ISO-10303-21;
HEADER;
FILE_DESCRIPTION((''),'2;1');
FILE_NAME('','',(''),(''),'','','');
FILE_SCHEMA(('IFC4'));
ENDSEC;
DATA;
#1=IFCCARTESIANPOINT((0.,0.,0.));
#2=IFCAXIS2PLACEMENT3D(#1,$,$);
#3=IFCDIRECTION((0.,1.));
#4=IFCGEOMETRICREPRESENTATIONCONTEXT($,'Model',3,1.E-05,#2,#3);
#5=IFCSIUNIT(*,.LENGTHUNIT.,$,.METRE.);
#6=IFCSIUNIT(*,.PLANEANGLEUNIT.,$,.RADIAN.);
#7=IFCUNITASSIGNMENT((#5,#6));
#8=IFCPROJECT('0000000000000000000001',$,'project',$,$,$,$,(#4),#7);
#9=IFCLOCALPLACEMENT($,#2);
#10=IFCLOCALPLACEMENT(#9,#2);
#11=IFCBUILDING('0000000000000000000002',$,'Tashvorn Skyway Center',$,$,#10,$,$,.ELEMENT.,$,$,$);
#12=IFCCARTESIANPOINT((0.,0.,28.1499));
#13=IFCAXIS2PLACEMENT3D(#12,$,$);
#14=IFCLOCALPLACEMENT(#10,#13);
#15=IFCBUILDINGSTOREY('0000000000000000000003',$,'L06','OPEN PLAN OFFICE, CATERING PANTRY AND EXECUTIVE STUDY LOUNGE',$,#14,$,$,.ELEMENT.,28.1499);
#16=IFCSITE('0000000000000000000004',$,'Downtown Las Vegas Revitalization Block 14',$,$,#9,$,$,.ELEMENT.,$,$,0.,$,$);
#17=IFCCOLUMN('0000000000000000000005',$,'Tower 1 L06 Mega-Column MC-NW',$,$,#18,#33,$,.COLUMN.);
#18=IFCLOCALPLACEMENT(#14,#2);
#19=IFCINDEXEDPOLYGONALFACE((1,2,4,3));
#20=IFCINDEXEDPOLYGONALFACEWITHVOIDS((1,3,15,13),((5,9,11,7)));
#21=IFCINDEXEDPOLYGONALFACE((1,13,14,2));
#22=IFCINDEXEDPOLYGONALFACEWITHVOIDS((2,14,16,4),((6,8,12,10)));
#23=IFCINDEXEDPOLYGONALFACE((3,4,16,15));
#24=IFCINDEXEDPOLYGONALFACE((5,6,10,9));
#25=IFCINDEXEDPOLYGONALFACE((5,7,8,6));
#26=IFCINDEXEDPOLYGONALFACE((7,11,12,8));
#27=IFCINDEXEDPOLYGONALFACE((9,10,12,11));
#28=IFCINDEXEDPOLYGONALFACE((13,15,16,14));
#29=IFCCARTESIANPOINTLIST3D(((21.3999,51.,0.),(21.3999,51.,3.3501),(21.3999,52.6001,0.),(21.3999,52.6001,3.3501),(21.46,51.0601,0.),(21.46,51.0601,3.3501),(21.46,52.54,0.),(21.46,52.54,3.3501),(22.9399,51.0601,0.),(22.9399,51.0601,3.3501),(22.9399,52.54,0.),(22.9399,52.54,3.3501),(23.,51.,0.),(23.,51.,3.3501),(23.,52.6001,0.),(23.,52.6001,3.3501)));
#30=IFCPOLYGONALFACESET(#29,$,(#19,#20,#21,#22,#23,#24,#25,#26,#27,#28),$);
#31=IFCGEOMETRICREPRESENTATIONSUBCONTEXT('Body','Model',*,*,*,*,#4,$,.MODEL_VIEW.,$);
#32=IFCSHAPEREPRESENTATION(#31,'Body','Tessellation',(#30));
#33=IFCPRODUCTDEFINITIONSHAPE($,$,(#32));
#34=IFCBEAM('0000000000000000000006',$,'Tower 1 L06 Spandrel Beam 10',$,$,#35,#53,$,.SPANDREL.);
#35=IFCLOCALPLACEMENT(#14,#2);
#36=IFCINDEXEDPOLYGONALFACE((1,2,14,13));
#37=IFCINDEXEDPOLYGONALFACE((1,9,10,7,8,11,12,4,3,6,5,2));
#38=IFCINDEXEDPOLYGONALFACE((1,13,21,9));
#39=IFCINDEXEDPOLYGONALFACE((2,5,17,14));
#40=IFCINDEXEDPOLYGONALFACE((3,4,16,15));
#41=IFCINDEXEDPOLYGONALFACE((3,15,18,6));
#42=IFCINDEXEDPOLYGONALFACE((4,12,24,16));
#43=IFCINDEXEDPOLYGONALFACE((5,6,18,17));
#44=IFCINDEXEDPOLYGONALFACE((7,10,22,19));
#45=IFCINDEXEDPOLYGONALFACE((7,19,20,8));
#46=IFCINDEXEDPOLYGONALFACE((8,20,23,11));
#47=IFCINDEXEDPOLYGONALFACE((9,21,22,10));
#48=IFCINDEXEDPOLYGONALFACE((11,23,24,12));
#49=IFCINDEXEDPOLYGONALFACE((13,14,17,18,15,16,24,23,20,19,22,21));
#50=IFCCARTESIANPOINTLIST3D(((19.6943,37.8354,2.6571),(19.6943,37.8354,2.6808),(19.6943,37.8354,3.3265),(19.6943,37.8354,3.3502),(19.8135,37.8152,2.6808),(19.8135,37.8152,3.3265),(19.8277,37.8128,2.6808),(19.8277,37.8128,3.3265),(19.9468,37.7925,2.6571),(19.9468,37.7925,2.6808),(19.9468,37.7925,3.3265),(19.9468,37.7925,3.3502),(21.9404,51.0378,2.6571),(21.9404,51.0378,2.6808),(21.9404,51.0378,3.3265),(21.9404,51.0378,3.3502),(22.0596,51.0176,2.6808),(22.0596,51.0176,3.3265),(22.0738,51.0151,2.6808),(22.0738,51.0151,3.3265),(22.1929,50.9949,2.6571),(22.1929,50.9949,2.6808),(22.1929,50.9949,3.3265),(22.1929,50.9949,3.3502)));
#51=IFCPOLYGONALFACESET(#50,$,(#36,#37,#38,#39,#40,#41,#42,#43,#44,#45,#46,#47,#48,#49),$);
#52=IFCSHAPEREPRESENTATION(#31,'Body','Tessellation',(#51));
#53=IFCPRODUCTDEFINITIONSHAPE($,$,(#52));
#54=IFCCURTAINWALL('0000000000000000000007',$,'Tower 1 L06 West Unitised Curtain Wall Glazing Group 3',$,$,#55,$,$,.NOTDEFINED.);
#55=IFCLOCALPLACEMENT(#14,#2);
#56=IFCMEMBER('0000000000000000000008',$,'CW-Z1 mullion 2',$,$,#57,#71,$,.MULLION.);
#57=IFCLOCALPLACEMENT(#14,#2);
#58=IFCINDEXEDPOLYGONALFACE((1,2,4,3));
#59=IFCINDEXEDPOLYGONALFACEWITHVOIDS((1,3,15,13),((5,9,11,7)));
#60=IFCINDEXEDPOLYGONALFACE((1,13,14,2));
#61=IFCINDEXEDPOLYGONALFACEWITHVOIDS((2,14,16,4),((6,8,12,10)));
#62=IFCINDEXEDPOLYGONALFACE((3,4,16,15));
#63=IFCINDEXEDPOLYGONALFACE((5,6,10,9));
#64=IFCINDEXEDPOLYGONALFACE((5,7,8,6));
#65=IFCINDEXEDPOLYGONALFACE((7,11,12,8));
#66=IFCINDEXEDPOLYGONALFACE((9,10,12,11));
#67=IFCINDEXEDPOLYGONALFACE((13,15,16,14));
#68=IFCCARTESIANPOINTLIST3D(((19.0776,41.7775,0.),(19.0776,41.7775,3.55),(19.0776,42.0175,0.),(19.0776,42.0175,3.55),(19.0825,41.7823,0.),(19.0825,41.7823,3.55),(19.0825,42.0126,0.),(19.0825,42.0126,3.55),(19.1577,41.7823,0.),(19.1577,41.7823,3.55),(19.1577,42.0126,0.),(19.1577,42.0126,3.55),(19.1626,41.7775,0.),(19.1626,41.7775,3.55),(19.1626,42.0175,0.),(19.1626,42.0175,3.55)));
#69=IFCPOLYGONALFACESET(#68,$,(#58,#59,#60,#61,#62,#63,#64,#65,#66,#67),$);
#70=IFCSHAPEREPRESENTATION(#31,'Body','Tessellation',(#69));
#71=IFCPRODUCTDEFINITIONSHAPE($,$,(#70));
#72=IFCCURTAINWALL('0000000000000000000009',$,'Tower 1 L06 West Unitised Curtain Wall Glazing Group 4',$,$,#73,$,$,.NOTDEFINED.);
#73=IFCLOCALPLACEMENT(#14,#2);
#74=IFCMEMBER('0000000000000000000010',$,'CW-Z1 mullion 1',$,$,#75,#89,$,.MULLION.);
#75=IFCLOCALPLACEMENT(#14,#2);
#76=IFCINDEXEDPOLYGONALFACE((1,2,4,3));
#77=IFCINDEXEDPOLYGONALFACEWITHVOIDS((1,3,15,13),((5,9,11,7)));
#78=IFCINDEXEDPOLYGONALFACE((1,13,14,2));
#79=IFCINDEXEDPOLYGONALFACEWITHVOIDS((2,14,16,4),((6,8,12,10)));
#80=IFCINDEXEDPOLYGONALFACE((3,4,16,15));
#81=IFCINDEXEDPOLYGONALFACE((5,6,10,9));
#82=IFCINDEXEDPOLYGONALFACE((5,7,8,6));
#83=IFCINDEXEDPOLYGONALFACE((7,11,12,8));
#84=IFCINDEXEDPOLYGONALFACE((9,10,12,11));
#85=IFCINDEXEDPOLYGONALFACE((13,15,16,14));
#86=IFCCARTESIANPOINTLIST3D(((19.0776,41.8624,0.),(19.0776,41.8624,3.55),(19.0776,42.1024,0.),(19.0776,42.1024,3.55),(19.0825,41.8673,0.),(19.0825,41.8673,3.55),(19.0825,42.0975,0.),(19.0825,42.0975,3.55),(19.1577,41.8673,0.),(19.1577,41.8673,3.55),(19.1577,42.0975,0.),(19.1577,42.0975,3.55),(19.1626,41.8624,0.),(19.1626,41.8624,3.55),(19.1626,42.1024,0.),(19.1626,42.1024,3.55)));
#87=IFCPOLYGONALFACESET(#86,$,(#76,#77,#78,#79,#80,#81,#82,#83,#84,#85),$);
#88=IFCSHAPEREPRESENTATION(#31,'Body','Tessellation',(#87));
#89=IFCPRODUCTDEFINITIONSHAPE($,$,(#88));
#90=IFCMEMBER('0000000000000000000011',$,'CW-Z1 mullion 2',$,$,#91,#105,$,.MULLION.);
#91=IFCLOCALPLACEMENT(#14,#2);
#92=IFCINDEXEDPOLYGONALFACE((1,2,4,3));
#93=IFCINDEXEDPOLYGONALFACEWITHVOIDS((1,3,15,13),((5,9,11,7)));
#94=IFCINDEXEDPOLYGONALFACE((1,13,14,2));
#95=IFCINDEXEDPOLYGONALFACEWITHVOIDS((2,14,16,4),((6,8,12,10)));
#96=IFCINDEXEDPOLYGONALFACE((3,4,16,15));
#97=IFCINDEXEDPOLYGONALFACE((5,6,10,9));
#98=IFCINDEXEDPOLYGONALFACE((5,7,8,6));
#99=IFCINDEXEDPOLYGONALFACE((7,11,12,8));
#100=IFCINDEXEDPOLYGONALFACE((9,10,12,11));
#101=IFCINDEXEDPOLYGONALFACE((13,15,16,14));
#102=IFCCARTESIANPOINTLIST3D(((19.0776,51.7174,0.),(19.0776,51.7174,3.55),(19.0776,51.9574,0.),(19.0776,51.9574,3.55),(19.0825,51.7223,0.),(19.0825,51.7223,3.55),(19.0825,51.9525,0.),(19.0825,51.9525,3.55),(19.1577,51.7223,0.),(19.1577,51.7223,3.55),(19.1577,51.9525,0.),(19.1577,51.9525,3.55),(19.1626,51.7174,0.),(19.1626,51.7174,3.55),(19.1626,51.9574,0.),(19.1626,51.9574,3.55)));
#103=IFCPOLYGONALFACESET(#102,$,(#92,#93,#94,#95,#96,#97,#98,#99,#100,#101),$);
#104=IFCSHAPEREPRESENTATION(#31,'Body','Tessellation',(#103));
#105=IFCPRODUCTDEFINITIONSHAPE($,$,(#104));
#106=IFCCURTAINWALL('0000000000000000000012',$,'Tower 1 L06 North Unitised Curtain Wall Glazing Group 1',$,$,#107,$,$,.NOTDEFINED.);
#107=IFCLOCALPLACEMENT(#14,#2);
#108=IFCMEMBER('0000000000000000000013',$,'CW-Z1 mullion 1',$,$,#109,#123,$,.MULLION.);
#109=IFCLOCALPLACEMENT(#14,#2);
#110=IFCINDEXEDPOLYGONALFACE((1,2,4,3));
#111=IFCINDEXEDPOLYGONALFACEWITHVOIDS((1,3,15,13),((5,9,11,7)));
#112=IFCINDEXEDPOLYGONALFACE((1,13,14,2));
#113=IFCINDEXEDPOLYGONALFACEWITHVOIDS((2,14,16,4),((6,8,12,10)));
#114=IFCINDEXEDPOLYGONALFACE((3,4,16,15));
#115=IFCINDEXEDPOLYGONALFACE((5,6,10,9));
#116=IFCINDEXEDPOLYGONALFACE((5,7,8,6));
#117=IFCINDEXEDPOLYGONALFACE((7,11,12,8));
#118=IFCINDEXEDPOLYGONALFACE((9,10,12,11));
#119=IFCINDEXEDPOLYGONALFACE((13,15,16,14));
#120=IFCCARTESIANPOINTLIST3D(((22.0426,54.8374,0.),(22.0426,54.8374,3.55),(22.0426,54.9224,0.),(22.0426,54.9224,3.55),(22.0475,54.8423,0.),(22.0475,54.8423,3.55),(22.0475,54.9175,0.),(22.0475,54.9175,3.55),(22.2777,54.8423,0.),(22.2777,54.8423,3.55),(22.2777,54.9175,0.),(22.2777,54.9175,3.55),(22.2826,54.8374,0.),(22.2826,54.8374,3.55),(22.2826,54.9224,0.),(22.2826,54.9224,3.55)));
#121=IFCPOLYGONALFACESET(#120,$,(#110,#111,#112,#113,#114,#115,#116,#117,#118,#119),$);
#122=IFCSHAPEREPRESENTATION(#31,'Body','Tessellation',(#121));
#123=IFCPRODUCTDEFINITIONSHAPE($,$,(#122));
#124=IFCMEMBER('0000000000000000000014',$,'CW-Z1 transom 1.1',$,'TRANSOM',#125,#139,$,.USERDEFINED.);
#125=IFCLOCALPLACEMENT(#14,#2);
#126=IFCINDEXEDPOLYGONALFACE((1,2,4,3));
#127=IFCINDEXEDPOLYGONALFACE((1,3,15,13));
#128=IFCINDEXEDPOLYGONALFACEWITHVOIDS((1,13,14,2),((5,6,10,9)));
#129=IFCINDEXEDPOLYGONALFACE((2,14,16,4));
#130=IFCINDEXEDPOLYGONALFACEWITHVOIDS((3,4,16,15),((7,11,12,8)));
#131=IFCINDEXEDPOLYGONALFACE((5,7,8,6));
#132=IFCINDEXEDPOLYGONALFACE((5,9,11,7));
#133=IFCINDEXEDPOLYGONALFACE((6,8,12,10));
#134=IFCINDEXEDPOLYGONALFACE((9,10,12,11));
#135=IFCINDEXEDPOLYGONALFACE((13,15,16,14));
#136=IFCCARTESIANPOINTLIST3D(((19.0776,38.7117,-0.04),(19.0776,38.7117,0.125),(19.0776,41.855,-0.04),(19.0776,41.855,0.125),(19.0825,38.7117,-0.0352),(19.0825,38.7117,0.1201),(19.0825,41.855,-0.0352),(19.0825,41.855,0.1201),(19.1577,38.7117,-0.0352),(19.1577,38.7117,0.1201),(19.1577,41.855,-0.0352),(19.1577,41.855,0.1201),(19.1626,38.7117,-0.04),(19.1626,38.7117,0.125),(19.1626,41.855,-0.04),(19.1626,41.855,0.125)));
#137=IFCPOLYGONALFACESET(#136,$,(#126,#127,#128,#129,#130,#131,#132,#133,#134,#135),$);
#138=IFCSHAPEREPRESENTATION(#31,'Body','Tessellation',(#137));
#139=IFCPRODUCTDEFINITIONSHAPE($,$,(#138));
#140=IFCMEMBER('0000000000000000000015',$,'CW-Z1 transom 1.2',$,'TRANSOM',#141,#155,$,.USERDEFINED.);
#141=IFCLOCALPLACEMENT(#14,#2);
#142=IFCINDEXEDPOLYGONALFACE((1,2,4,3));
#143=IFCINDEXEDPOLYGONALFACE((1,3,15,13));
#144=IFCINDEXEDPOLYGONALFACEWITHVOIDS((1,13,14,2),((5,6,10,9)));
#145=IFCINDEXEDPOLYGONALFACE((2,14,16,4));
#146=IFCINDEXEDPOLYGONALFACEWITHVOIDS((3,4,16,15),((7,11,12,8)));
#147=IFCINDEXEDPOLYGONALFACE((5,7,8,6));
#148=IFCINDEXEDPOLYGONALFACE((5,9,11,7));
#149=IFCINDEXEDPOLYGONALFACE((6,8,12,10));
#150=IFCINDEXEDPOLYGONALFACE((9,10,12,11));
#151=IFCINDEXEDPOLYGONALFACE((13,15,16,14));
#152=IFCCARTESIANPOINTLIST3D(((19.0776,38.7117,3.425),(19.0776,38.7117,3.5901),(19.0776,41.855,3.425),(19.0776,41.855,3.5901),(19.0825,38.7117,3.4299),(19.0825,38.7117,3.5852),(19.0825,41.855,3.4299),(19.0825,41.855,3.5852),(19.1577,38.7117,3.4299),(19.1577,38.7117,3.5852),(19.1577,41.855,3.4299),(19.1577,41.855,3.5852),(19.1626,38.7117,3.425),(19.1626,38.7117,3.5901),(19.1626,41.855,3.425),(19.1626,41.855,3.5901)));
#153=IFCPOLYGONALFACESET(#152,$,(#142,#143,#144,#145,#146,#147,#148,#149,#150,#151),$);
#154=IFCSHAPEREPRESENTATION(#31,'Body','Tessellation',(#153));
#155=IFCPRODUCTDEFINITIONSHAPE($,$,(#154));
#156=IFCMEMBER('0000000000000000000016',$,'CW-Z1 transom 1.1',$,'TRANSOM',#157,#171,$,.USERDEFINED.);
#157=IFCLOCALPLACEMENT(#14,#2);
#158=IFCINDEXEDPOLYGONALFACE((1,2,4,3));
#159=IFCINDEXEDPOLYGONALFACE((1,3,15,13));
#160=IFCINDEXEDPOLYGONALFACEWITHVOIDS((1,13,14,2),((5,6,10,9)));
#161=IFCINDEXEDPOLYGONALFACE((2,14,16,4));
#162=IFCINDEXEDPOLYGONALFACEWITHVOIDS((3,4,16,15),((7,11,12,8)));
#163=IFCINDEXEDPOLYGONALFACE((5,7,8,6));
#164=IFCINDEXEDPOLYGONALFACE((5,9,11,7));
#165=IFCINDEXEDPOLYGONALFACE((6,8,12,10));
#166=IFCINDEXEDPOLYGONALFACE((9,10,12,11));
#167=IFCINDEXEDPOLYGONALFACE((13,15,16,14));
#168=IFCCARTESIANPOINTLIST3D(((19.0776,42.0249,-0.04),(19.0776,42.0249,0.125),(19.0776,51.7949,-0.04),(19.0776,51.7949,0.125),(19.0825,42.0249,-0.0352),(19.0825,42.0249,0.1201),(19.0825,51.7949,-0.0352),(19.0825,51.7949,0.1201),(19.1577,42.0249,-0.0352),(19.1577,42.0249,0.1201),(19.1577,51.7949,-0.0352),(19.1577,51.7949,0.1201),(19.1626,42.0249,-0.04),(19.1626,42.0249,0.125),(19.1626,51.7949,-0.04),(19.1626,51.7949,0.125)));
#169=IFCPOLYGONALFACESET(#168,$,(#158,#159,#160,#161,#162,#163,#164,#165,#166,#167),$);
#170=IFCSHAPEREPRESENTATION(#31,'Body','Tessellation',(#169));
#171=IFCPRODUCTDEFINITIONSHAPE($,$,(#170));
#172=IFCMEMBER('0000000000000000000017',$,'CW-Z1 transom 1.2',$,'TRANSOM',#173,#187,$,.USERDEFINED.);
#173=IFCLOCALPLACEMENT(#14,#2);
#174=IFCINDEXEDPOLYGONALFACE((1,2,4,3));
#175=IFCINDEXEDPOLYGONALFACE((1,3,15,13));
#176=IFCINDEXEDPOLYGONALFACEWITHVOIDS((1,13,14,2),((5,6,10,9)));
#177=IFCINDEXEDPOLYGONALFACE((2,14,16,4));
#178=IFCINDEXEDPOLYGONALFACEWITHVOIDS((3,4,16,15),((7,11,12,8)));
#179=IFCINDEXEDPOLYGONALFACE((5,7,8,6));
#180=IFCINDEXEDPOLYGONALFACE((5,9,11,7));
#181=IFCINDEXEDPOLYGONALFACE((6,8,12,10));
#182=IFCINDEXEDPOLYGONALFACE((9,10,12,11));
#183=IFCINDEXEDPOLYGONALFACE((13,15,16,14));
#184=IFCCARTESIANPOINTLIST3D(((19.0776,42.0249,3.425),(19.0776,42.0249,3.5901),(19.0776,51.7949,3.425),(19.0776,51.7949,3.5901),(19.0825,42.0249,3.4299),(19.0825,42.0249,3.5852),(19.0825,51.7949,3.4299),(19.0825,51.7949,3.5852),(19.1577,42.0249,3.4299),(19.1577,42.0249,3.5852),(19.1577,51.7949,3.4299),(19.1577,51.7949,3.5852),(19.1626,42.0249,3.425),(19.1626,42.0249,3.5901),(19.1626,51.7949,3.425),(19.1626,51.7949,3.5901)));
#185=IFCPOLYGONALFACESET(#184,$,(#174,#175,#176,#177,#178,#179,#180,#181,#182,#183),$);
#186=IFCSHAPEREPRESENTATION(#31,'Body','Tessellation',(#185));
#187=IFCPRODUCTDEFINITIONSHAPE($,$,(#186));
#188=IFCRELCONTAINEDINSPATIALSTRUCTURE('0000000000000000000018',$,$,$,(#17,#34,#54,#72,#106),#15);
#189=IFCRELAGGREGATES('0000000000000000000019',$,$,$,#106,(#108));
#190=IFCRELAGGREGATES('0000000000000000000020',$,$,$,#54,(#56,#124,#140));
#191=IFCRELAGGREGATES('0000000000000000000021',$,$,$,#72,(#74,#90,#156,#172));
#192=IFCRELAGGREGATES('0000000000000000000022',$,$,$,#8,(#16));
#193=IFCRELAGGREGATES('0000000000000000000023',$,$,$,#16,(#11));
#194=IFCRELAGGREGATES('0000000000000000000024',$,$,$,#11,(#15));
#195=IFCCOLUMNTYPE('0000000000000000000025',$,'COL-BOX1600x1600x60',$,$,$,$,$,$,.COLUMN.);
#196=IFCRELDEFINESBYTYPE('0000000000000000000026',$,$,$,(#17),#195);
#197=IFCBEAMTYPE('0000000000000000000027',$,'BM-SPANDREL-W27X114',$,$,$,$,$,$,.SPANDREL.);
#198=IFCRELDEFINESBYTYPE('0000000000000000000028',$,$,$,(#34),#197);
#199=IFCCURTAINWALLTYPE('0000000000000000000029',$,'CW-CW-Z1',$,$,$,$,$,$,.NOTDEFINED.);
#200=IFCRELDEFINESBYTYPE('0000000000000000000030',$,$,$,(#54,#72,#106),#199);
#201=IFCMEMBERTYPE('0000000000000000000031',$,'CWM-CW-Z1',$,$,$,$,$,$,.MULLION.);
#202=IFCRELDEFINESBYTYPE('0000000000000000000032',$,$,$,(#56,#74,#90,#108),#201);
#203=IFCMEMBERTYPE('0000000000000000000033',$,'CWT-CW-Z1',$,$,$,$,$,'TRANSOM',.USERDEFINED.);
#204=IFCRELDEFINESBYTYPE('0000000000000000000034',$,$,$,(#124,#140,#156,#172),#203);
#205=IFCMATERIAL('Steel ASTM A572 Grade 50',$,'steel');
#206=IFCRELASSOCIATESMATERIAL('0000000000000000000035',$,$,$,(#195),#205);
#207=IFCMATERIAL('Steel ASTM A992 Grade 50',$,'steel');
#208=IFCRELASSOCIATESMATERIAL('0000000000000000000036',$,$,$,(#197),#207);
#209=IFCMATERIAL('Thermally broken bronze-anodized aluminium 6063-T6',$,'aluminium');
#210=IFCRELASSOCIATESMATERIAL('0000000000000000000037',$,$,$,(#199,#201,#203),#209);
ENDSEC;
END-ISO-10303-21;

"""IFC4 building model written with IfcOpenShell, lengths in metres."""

from ifc_helpers import new_model, si_unit, direction, frame, origin, origin_2d, place, context, subcontext, project, spatial, hollow_rectangle, i_section, extrude, material, material_profile, profile_set, type_object, element, aggregate, save


model = new_model("IFC4")

# Units and contexts
model_context = context("Model", 3, precision=1e-05, world=origin(), true_north=direction((0.0, 1.0)))
body_context = subcontext(model_context, "Body", "Model", "MODEL_VIEW")
ifc_project = project(units=[si_unit("LENGTHUNIT", "METRE"), si_unit("PLANEANGLEUNIT", "RADIAN")], contexts=[model_context])

# Site, building, storey
site_placement = place(None, origin())
site = spatial("IfcSite", under=ifc_project, at=site_placement, Name="Downtown Las Vegas Revitalization Block 14", CompositionType="ELEMENT", RefElevation=0.0)
building_placement = place(site_placement, origin())
building = spatial("IfcBuilding", under=site, at=building_placement, Name="Tashvorn Skyway Center", CompositionType="ELEMENT")
storey_placement = place(building_placement, frame((0.0, 0.0, 28.1499)))
storey = spatial("IfcBuildingStorey", under=building, at=storey_placement, Name="L06", Description="OPEN PLAN OFFICE, CATERING PANTRY AND EXECUTIVE STUDY LOUNGE", CompositionType="ELEMENT", Elevation=28.1499)

# Column
ifc_material_1 = material(Name="Steel ASTM A572 Grade 50", Category="steel")
ifc_material_profile_1 = material_profile(ifc_material_1, hollow_rectangle(XDim=1.6001, YDim=1.6001, WallThickness=0.0601, at=origin_2d()), Name="BOX1600x1600x60")
ifc_profile_set_1 = profile_set([ifc_material_profile_1], Name="Steel ASTM A572 Grade 50")
column_type = type_object("IfcColumnType", Name="COL-BOX1600x1600x60", PredefinedType="COLUMN", material=ifc_profile_set_1)
column_placement = place(storey_placement, frame((22.2, 51.8, 0.0), z_axis=(0.0, 0.0, 1.0), x_axis=(1.0, 0.0, 0.0)))
element("IfcColumn", 1, at=column_placement, inside=storey, type_object=column_type, Name="Tower 1 L06 Mega-Column MC-NW", PredefinedType="COLUMN", context=body_context, shape_type="SweptSolid", body=[
    extrude(hollow_rectangle(XDim=1.6001, YDim=1.6001, WallThickness=0.0601, at=origin_2d()), origin(), (0.0, 0.0, 1.0), 3.3501),
])

# Beam
ifc_material_2 = material(Name="Steel ASTM A992 Grade 50", Category="steel")
ifc_material_profile_2 = material_profile(ifc_material_2, i_section(OverallWidth=0.2561, OverallDepth=0.6931, WebThickness=0.0144, FlangeThickness=0.0237, at=origin_2d()), Name="W27X114")
ifc_profile_set_2 = profile_set([ifc_material_profile_2], Name="Steel ASTM A992 Grade 50")
beam_type = type_object("IfcBeamType", Name="BM-SPANDREL-W27X114", PredefinedType="SPANDREL", material=ifc_profile_set_2)
beam_placement = place(storey_placement, frame((22.0667, 51.0164, 3.0037), z_axis=(-0.167718, -0.985835, 0.0), x_axis=(0.985835, -0.167718, 0.0)))
element("IfcBeam", 2, at=beam_placement, inside=storey, type_object=beam_type, Name="Tower 1 L06 Spandrel Beam 10", PredefinedType="SPANDREL", context=body_context, shape_type="SweptSolid", body=[
    extrude(i_section(OverallWidth=0.2561, OverallDepth=0.6931, WebThickness=0.0144, FlangeThickness=0.0237, at=origin_2d()), origin(), (0.0, 0.0, 1.0), 13.3921),
])

# Curtain wall, member
ifc_material_3 = material(Name="Thermally broken bronze-anodized aluminium 6063-T6", Category="aluminium")
curtain_wall_type = type_object("IfcCurtainWallType", Name="CW-CW-Z1", PredefinedType="NOTDEFINED", material=ifc_material_3)
curtain_wall_1_placement = place(storey_placement, origin())
curtain_wall_1 = element("IfcCurtainWall", 3, at=curtain_wall_1_placement, inside=storey, type_object=curtain_wall_type, Name="Tower 1 L06 West Unitised Curtain Wall Glazing Group 3", PredefinedType="NOTDEFINED")
ifc_material_profile_3 = material_profile(ifc_material_3, hollow_rectangle(XDim=0.085, YDim=0.24, WallThickness=0.0049, at=origin_2d()), Name="ALU-MULL-85x240")
ifc_profile_set_3 = profile_set([ifc_material_profile_3], Name="Thermally broken bronze-anodized aluminium 6063-T6")
member_type_1 = type_object("IfcMemberType", Name="CWM-CW-Z1", PredefinedType="MULLION", material=ifc_profile_set_3)
member_1_placement = place(storey_placement, frame((19.1201, 41.8975, 0.0), z_axis=(0.0, 0.0, 1.0), x_axis=(-1.0, 0.0, 0.0)))
member_1 = element("IfcMember", 4, at=member_1_placement, type_object=member_type_1, Name="CW-Z1 mullion 2", PredefinedType="MULLION", context=body_context, shape_type="SweptSolid", body=[
    extrude(hollow_rectangle(XDim=0.085, YDim=0.24, WallThickness=0.0049, at=origin_2d()), origin(), (0.0, 0.0, 1.0), 3.55),
])

# Curtain wall, members
curtain_wall_2_placement = place(storey_placement, origin())
curtain_wall_2 = element("IfcCurtainWall", 5, at=curtain_wall_2_placement, inside=storey, type_object=curtain_wall_type, Name="Tower 1 L06 West Unitised Curtain Wall Glazing Group 4", PredefinedType="NOTDEFINED")
member_2_placement = place(storey_placement, frame((19.1201, 41.9824, 0.0), z_axis=(0.0, 0.0, 1.0), x_axis=(-1.0, 0.0, 0.0)))
member_2 = element("IfcMember", 6, at=member_2_placement, type_object=member_type_1, Name="CW-Z1 mullion 1", PredefinedType="MULLION", context=body_context, shape_type="SweptSolid", body=[
    extrude(hollow_rectangle(XDim=0.085, YDim=0.24, WallThickness=0.0049, at=origin_2d()), origin(), (0.0, 0.0, 1.0), 3.55),
])
member_3_placement = place(storey_placement, frame((19.1201, 51.8374, 0.0), z_axis=(0.0, 0.0, 1.0), x_axis=(-1.0, 0.0, 0.0)))
member_3 = element("IfcMember", 7, at=member_3_placement, type_object=member_type_1, Name="CW-Z1 mullion 2", PredefinedType="MULLION", context=body_context, shape_type="SweptSolid", body=[
    extrude(hollow_rectangle(XDim=0.085, YDim=0.24, WallThickness=0.0049, at=origin_2d()), origin(), (0.0, 0.0, 1.0), 3.55),
])

# Curtain wall, member
curtain_wall_3_placement = place(storey_placement, origin())
curtain_wall_3 = element("IfcCurtainWall", 8, at=curtain_wall_3_placement, inside=storey, type_object=curtain_wall_type, Name="Tower 1 L06 North Unitised Curtain Wall Glazing Group 1", PredefinedType="NOTDEFINED")
member_4_placement = place(storey_placement, frame((22.1626, 54.8799, 0.0), z_axis=(0.0, 0.0, 1.0), x_axis=(0.0, 1.0, 0.0)))
member_4 = element("IfcMember", 9, at=member_4_placement, type_object=member_type_1, Name="CW-Z1 mullion 1", PredefinedType="MULLION", context=body_context, shape_type="SweptSolid", body=[
    extrude(hollow_rectangle(XDim=0.085, YDim=0.24, WallThickness=0.0049, at=origin_2d()), origin(), (0.0, 0.0, 1.0), 3.55),
])

# Members
ifc_material_profile_4 = material_profile(ifc_material_3, hollow_rectangle(XDim=0.085, YDim=0.165, WallThickness=0.0049, at=origin_2d()), Name="ALU-TRAN-85x165")
ifc_profile_set_4 = profile_set([ifc_material_profile_4], Name="Thermally broken bronze-anodized aluminium 6063-T6")
member_type_2 = type_object("IfcMemberType", Name="CWT-CW-Z1", ElementType="TRANSOM", PredefinedType="USERDEFINED", material=ifc_profile_set_4)
member_5_placement = place(storey_placement, frame((19.1201, 38.7117, 0.0425), z_axis=(0.0, 1.0, 0.0), x_axis=(-1.0, 0.0, 0.0)))
member_5 = element("IfcMember", 10, at=member_5_placement, type_object=member_type_2, Name="CW-Z1 transom 1.1", ObjectType="TRANSOM", PredefinedType="USERDEFINED", context=body_context, shape_type="SweptSolid", body=[
    extrude(hollow_rectangle(XDim=0.085, YDim=0.165, WallThickness=0.0049, at=origin_2d()), origin(), (0.0, 0.0, 1.0), 3.1433),
])
member_6_placement = place(storey_placement, frame((19.1201, 38.7117, 3.5076), z_axis=(0.0, 1.0, 0.0), x_axis=(-1.0, 0.0, 0.0)))
member_6 = element("IfcMember", 11, at=member_6_placement, type_object=member_type_2, Name="CW-Z1 transom 1.2", ObjectType="TRANSOM", PredefinedType="USERDEFINED", context=body_context, shape_type="SweptSolid", body=[
    extrude(hollow_rectangle(XDim=0.085, YDim=0.165, WallThickness=0.0049, at=origin_2d()), origin(), (0.0, 0.0, 1.0), 3.1433),
])
member_7_placement = place(storey_placement, frame((19.1201, 42.0249, 0.0425), z_axis=(0.0, 1.0, 0.0), x_axis=(-1.0, 0.0, 0.0)))
member_7 = element("IfcMember", 12, at=member_7_placement, type_object=member_type_2, Name="CW-Z1 transom 1.1", ObjectType="TRANSOM", PredefinedType="USERDEFINED", context=body_context, shape_type="SweptSolid", body=[
    extrude(hollow_rectangle(XDim=0.085, YDim=0.165, WallThickness=0.0049, at=origin_2d()), origin(), (0.0, 0.0, 1.0), 9.77),
])
member_8_placement = place(storey_placement, frame((19.1201, 42.0249, 3.5076), z_axis=(0.0, 1.0, 0.0), x_axis=(-1.0, 0.0, 0.0)))
member_8 = element("IfcMember", 13, at=member_8_placement, type_object=member_type_2, Name="CW-Z1 transom 1.2", ObjectType="TRANSOM", PredefinedType="USERDEFINED", context=body_context, shape_type="SweptSolid", body=[
    extrude(hollow_rectangle(XDim=0.085, YDim=0.165, WallThickness=0.0049, at=origin_2d()), origin(), (0.0, 0.0, 1.0), 9.77),
])
aggregate(curtain_wall_3, [member_4])

aggregate(curtain_wall_1, [member_1, member_5, member_6])
aggregate(curtain_wall_2, [member_2, member_3, member_7, member_8])

save(model, "model.ifc")
